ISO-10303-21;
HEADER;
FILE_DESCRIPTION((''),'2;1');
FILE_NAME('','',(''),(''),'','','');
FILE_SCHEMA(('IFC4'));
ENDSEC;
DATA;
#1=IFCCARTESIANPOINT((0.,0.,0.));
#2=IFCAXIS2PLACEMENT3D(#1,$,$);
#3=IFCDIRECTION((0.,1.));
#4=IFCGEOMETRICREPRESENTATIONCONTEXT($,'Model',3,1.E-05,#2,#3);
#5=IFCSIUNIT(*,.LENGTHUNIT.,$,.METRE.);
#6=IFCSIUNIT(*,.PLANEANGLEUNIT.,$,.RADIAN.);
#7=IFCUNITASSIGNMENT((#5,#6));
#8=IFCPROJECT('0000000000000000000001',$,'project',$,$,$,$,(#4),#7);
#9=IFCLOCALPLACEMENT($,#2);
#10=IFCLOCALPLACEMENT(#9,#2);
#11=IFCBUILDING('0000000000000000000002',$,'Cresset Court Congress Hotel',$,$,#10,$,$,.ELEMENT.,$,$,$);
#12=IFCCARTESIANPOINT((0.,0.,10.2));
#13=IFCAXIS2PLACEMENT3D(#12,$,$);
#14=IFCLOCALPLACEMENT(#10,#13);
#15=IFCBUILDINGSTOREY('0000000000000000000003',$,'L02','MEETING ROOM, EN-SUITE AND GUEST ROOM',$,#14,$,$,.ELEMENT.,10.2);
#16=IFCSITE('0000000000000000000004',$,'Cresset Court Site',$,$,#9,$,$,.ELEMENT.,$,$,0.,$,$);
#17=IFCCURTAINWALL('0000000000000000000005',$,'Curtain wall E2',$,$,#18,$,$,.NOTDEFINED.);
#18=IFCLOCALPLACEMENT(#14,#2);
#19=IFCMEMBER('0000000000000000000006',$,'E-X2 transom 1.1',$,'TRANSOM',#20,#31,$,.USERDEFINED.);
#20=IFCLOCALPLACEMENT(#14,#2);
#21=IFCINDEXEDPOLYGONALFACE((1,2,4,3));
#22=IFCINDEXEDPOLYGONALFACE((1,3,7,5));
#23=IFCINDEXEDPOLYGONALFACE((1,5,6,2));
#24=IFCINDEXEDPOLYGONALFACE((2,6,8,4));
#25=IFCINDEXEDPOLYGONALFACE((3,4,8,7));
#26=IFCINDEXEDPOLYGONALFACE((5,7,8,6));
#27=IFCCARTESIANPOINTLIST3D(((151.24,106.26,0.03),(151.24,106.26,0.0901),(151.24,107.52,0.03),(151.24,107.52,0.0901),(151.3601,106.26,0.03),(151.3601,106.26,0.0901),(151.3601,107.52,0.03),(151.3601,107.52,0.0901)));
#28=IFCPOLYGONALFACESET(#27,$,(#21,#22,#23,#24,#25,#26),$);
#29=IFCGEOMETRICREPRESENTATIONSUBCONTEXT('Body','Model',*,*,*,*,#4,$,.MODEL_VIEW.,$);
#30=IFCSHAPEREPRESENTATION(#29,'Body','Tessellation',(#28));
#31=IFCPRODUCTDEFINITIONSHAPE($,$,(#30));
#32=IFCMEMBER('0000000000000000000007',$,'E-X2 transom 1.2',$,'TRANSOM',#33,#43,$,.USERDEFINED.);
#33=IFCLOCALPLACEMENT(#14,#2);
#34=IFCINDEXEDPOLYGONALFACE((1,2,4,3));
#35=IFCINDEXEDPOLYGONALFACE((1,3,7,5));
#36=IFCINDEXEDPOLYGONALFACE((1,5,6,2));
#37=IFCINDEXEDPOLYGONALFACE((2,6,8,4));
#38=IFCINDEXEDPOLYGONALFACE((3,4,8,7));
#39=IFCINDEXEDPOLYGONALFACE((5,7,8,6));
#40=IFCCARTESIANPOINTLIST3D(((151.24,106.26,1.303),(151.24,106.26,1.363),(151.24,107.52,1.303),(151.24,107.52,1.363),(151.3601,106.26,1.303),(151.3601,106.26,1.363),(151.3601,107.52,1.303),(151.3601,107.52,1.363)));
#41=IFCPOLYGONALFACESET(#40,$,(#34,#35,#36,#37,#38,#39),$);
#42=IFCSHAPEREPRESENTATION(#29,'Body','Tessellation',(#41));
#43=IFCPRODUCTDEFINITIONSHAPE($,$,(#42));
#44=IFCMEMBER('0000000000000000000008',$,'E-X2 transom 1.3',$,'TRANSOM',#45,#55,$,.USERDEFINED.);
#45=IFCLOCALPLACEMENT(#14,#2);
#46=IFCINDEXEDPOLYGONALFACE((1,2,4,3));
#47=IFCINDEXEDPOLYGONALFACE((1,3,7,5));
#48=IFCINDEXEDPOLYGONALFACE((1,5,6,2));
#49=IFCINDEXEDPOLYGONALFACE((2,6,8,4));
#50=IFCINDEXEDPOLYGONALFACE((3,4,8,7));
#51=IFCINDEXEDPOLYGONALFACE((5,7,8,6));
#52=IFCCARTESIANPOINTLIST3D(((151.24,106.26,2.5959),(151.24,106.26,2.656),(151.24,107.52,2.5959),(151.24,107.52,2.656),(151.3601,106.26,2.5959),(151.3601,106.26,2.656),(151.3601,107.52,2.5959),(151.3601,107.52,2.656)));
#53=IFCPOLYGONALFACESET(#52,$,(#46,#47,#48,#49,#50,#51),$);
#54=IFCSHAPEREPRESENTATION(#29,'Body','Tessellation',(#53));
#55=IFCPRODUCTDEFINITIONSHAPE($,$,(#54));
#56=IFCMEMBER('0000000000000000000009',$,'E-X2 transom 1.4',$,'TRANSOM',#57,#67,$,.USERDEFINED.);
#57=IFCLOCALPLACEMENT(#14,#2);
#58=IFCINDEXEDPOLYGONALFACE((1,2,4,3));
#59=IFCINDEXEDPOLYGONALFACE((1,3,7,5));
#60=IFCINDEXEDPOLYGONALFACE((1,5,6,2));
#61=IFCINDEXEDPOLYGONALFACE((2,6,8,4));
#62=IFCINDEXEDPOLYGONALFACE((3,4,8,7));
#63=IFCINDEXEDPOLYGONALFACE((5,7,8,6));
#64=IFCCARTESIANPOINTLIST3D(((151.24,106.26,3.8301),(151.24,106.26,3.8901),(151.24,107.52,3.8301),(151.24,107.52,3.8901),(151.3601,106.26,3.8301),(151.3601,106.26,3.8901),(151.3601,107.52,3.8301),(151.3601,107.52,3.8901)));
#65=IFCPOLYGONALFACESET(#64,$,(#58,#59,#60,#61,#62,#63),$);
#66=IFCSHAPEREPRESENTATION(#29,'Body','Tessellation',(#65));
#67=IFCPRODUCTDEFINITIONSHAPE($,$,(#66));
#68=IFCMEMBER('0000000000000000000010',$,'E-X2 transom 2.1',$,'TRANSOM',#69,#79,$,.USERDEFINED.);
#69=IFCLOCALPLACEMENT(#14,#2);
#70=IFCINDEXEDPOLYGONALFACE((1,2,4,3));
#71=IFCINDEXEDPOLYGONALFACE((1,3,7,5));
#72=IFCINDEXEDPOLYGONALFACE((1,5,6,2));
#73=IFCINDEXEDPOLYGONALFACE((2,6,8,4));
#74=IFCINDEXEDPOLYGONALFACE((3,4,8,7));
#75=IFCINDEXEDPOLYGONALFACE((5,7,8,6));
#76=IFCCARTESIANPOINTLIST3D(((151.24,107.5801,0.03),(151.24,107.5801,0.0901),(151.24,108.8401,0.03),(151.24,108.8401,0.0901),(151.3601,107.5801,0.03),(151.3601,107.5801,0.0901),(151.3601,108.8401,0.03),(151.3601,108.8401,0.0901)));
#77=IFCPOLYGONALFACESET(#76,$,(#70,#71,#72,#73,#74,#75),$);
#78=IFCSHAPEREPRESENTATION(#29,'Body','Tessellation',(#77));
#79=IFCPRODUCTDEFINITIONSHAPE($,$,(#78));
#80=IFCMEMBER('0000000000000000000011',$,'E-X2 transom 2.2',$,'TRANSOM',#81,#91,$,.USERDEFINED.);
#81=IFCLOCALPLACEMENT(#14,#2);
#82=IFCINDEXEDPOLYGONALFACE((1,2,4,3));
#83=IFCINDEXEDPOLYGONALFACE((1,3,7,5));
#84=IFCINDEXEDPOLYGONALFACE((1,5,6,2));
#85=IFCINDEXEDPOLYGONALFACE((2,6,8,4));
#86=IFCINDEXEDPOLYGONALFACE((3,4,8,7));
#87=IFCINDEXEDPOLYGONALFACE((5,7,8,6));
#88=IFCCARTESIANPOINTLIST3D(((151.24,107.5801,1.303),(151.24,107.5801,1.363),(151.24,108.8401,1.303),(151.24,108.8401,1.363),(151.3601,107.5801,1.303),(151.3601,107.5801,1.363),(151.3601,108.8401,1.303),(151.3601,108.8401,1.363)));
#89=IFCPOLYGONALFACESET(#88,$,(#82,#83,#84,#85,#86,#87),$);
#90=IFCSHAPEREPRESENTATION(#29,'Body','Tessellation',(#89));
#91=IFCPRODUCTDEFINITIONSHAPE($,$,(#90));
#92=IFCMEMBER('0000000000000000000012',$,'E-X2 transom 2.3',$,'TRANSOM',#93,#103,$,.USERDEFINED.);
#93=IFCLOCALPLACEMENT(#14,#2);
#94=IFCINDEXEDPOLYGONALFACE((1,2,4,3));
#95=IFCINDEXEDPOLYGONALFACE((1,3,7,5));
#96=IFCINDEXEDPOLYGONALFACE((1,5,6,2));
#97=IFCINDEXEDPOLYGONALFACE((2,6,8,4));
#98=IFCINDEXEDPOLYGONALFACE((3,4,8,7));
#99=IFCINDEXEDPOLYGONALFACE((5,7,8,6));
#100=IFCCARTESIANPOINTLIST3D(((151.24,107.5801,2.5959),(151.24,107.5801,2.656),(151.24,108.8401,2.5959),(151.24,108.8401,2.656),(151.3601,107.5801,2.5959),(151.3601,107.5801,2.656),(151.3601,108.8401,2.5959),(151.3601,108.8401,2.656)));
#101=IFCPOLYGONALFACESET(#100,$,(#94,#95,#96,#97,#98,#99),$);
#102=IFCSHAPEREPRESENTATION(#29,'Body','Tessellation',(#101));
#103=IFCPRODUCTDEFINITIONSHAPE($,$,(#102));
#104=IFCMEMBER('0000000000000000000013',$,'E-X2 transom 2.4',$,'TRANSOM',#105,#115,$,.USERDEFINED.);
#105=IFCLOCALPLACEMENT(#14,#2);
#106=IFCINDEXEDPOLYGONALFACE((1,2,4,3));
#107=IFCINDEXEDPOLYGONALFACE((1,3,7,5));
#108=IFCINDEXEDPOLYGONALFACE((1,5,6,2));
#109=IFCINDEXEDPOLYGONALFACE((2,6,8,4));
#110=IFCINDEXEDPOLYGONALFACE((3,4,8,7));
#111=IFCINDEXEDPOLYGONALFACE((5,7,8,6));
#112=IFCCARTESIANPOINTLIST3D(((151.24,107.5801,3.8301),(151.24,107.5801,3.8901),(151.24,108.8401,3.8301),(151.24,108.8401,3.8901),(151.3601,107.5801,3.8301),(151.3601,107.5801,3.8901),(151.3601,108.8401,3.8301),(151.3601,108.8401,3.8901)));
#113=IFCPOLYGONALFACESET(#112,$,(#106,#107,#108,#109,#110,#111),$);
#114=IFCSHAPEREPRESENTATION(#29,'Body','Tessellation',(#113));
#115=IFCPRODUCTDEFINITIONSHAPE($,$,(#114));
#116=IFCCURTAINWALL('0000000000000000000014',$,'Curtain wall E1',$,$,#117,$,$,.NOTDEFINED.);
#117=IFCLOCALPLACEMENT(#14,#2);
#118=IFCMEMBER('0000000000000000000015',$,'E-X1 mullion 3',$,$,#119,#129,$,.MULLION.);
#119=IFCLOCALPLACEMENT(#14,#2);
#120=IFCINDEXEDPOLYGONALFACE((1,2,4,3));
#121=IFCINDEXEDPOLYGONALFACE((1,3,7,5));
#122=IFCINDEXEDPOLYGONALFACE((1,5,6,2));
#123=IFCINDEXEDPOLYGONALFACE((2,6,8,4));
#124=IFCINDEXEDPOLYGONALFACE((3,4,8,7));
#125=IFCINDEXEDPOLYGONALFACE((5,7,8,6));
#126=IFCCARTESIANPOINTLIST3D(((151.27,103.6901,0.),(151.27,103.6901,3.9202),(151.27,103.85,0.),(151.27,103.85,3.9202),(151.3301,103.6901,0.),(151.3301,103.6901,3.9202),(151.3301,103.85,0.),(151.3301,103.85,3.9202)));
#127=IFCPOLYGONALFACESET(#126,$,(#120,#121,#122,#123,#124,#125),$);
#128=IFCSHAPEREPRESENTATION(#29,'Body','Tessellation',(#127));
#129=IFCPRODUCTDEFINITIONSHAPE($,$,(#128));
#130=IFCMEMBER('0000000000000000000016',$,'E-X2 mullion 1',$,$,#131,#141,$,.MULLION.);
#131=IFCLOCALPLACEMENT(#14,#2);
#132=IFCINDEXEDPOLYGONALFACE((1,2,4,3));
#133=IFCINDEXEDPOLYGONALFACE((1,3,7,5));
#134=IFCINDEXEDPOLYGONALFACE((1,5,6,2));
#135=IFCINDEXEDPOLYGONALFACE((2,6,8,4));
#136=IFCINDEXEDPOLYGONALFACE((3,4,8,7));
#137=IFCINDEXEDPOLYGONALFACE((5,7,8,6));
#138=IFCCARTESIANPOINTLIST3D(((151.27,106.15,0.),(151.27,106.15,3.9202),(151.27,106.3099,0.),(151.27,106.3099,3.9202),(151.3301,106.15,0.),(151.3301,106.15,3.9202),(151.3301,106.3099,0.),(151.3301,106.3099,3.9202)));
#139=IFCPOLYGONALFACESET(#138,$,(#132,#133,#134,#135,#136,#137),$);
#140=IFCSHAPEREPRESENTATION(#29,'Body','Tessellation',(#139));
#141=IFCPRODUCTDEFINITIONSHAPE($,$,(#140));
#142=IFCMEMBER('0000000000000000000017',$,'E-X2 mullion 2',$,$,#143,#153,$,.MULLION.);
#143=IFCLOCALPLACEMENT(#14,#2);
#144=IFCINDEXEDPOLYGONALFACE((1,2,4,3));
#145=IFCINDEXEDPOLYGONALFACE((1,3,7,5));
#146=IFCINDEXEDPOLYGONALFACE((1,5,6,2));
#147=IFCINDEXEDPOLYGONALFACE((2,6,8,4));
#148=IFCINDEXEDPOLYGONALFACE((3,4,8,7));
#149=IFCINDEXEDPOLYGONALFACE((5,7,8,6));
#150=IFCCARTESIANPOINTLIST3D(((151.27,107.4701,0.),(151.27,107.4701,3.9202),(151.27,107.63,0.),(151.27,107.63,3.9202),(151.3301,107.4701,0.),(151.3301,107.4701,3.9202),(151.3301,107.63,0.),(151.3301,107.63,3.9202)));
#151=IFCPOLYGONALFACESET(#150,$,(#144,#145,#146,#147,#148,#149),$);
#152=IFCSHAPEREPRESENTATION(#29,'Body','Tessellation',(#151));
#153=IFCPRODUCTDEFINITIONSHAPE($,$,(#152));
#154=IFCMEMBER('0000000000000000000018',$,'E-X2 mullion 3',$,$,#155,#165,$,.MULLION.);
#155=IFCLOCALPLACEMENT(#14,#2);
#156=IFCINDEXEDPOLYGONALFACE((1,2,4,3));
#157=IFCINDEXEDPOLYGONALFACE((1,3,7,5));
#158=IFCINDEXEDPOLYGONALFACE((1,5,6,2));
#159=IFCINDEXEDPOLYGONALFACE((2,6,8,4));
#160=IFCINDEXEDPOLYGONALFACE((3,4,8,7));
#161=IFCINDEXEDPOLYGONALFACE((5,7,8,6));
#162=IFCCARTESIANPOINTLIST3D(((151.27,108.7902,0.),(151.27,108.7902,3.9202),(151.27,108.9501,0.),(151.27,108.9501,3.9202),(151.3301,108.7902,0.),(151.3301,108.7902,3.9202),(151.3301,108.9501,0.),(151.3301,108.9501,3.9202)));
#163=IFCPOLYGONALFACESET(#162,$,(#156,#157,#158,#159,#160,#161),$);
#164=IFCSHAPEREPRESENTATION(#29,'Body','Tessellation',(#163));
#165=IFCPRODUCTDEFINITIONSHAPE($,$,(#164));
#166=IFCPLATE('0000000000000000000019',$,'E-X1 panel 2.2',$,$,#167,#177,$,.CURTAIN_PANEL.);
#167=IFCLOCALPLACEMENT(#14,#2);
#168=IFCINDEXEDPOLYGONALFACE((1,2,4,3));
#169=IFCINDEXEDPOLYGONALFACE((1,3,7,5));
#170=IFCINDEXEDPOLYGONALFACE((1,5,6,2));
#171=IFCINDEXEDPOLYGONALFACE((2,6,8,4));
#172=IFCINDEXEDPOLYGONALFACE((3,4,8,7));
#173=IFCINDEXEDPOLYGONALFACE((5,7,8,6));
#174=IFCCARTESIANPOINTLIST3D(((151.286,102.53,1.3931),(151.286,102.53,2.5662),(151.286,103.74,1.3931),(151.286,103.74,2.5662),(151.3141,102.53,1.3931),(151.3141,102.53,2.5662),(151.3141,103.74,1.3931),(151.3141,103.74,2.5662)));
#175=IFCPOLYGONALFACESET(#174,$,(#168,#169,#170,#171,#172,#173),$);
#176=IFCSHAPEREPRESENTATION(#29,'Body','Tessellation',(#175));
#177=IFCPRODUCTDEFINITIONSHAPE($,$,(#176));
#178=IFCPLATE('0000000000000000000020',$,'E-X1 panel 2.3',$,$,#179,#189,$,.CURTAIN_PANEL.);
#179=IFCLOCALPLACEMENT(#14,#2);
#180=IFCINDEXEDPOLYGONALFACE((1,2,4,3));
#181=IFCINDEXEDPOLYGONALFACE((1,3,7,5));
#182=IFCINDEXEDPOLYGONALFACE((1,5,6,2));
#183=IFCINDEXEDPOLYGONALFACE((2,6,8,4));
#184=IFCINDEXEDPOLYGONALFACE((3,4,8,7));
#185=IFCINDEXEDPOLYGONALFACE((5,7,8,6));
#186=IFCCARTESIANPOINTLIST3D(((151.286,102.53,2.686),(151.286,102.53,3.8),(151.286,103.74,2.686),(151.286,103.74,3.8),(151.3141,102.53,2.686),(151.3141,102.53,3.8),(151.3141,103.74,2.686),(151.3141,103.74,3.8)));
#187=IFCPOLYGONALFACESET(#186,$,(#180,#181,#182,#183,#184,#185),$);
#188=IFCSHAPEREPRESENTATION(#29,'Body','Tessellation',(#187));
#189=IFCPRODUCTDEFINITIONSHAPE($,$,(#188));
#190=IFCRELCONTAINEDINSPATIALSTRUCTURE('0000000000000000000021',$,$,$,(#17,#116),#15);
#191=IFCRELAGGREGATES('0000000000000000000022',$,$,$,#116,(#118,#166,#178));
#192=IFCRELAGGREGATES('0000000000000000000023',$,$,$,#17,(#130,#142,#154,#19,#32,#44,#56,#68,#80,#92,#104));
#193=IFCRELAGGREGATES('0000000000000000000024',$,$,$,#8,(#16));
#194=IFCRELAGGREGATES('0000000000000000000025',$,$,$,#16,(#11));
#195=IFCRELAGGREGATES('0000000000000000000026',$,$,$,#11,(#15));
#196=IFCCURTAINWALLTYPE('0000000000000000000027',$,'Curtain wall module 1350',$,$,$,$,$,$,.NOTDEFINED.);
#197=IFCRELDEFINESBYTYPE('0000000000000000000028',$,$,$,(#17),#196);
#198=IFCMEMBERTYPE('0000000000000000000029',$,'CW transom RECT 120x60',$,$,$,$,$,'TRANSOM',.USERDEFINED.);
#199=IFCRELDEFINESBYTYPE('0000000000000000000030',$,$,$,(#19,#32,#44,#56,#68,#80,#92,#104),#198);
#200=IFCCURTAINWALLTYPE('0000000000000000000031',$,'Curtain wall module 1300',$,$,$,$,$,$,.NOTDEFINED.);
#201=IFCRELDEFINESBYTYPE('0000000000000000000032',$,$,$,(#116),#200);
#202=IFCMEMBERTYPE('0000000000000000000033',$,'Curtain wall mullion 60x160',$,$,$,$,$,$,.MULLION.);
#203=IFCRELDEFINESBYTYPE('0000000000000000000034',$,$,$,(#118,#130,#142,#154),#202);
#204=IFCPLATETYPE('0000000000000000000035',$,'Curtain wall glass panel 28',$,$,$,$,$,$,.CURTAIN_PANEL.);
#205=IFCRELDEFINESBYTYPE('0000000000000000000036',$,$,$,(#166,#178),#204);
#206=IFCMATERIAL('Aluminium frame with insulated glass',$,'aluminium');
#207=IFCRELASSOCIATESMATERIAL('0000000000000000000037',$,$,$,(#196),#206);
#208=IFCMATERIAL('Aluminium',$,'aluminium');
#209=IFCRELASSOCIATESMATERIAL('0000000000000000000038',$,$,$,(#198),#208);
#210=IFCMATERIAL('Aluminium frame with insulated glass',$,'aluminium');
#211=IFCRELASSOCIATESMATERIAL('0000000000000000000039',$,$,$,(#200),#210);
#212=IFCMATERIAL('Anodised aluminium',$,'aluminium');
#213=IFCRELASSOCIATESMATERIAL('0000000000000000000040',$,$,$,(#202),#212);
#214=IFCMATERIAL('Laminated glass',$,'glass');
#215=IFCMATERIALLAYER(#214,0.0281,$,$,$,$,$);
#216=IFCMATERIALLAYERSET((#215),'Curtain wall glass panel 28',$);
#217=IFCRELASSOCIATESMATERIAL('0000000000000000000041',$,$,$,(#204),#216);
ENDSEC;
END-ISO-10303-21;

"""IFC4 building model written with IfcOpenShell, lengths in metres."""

from ifc_helpers import new_model, si_unit, direction, frame, origin, origin_2d, place, context, subcontext, project, spatial, rectangle, extrude, material, layer, layer_set, material_profile, profile_set, type_object, element, aggregate, save


model = new_model("IFC4")

# Units and contexts
model_context = context("Model", 3, precision=1e-05, world=origin(), true_north=direction((0.0, 1.0)))
body_context = subcontext(model_context, "Body", "Model", "MODEL_VIEW")
ifc_project = project(units=[si_unit("LENGTHUNIT", "METRE"), si_unit("PLANEANGLEUNIT", "RADIAN")], contexts=[model_context])

# Site, building, storey
site_placement = place(None, origin())
site = spatial("IfcSite", under=ifc_project, at=site_placement, Name="Cresset Court Site", CompositionType="ELEMENT", RefElevation=0.0)
building_placement = place(site_placement, origin())
building = spatial("IfcBuilding", under=site, at=building_placement, Name="Cresset Court Congress Hotel", CompositionType="ELEMENT")
storey_placement = place(building_placement, frame((0.0, 0.0, 10.2)))
storey = spatial("IfcBuildingStorey", under=building, at=storey_placement, Name="L02", Description="MEETING ROOM, EN-SUITE AND GUEST ROOM", CompositionType="ELEMENT", Elevation=10.2)

# Curtain wall, members
ifc_material_1 = material(Name="Aluminium frame with insulated glass", Category="aluminium")
curtain_wall_type_1 = type_object("IfcCurtainWallType", Name="Curtain wall module 1350", PredefinedType="NOTDEFINED", material=ifc_material_1)
curtain_wall_1_placement = place(storey_placement, origin())
curtain_wall_1 = element("IfcCurtainWall", 1, at=curtain_wall_1_placement, inside=storey, type_object=curtain_wall_type_1, Name="Curtain wall E2", PredefinedType="NOTDEFINED")
ifc_material_2 = material(Name="Aluminium", Category="aluminium")
ifc_material_profile_1 = material_profile(ifc_material_2, rectangle(XDim=0.1201, YDim=0.0601, at=origin_2d()), Name="AL 120x60")
ifc_profile_set_1 = profile_set([ifc_material_profile_1], Name="Aluminium")
member_type_1 = type_object("IfcMemberType", Name="CW transom RECT 120x60", ElementType="TRANSOM", PredefinedType="USERDEFINED", material=ifc_profile_set_1)
member_1_placement = place(storey_placement, frame((151.3, 106.26, 0.0601), z_axis=(0.0, 1.0, 0.0), x_axis=(-1.0, 0.0, 0.0)))
member_1 = element("IfcMember", 2, at=member_1_placement, type_object=member_type_1, Name="E-X2 transom 1.1", ObjectType="TRANSOM", PredefinedType="USERDEFINED", context=body_context, shape_type="SweptSolid", body=[
    extrude(rectangle(XDim=0.1201, YDim=0.0601, at=origin_2d()), origin(), (0.0, 0.0, 1.0), 1.26),
])
member_2_placement = place(storey_placement, frame((151.3, 106.26, 1.333), z_axis=(0.0, 1.0, 0.0), x_axis=(-1.0, 0.0, 0.0)))
member_2 = element("IfcMember", 3, at=member_2_placement, type_object=member_type_1, Name="E-X2 transom 1.2", ObjectType="TRANSOM", PredefinedType="USERDEFINED", context=body_context, shape_type="SweptSolid", body=[
    extrude(rectangle(XDim=0.1201, YDim=0.0601, at=origin_2d()), origin(), (0.0, 0.0, 1.0), 1.26),
])
member_3_placement = place(storey_placement, frame((151.3, 106.26, 2.626), z_axis=(0.0, 1.0, 0.0), x_axis=(-1.0, 0.0, 0.0)))
member_3 = element("IfcMember", 4, at=member_3_placement, type_object=member_type_1, Name="E-X2 transom 1.3", ObjectType="TRANSOM", PredefinedType="USERDEFINED", context=body_context, shape_type="SweptSolid", body=[
    extrude(rectangle(XDim=0.1201, YDim=0.0601, at=origin_2d()), origin(), (0.0, 0.0, 1.0), 1.26),
])
member_4_placement = place(storey_placement, frame((151.3, 106.26, 3.8601), z_axis=(0.0, 1.0, 0.0), x_axis=(-1.0, 0.0, 0.0)))
member_4 = element("IfcMember", 5, at=member_4_placement, type_object=member_type_1, Name="E-X2 transom 1.4", ObjectType="TRANSOM", PredefinedType="USERDEFINED", context=body_context, shape_type="SweptSolid", body=[
    extrude(rectangle(XDim=0.1201, YDim=0.0601, at=origin_2d()), origin(), (0.0, 0.0, 1.0), 1.26),
])
member_5_placement = place(storey_placement, frame((151.3, 107.5801, 0.0601), z_axis=(0.0, 1.0, 0.0), x_axis=(-1.0, 0.0, 0.0)))
member_5 = element("IfcMember", 6, at=member_5_placement, type_object=member_type_1, Name="E-X2 transom 2.1", ObjectType="TRANSOM", PredefinedType="USERDEFINED", context=body_context, shape_type="SweptSolid", body=[
    extrude(rectangle(XDim=0.1201, YDim=0.0601, at=origin_2d()), origin(), (0.0, 0.0, 1.0), 1.26),
])
member_6_placement = place(storey_placement, frame((151.3, 107.5801, 1.333), z_axis=(0.0, 1.0, 0.0), x_axis=(-1.0, 0.0, 0.0)))
member_6 = element("IfcMember", 7, at=member_6_placement, type_object=member_type_1, Name="E-X2 transom 2.2", ObjectType="TRANSOM", PredefinedType="USERDEFINED", context=body_context, shape_type="SweptSolid", body=[
    extrude(rectangle(XDim=0.1201, YDim=0.0601, at=origin_2d()), origin(), (0.0, 0.0, 1.0), 1.26),
])
member_7_placement = place(storey_placement, frame((151.3, 107.5801, 2.626), z_axis=(0.0, 1.0, 0.0), x_axis=(-1.0, 0.0, 0.0)))
member_7 = element("IfcMember", 8, at=member_7_placement, type_object=member_type_1, Name="E-X2 transom 2.3", ObjectType="TRANSOM", PredefinedType="USERDEFINED", context=body_context, shape_type="SweptSolid", body=[
    extrude(rectangle(XDim=0.1201, YDim=0.0601, at=origin_2d()), origin(), (0.0, 0.0, 1.0), 1.26),
])
member_8_placement = place(storey_placement, frame((151.3, 107.5801, 3.8601), z_axis=(0.0, 1.0, 0.0), x_axis=(-1.0, 0.0, 0.0)))
member_8 = element("IfcMember", 9, at=member_8_placement, type_object=member_type_1, Name="E-X2 transom 2.4", ObjectType="TRANSOM", PredefinedType="USERDEFINED", context=body_context, shape_type="SweptSolid", body=[
    extrude(rectangle(XDim=0.1201, YDim=0.0601, at=origin_2d()), origin(), (0.0, 0.0, 1.0), 1.26),
])

# Curtain wall, member
ifc_material_3 = material(Name="Aluminium frame with insulated glass", Category="aluminium")
curtain_wall_type_2 = type_object("IfcCurtainWallType", Name="Curtain wall module 1300", PredefinedType="NOTDEFINED", material=ifc_material_3)
curtain_wall_2_placement = place(storey_placement, origin())
curtain_wall_2 = element("IfcCurtainWall", 10, at=curtain_wall_2_placement, inside=storey, type_object=curtain_wall_type_2, Name="Curtain wall E1", PredefinedType="NOTDEFINED")
ifc_material_4 = material(Name="Anodised aluminium", Category="aluminium")
ifc_material_profile_2 = material_profile(ifc_material_4, rectangle(XDim=0.0601, YDim=0.1599, at=origin_2d()), Name="AL60x160")
ifc_profile_set_2 = profile_set([ifc_material_profile_2], Name="Anodised aluminium")
member_type_2 = type_object("IfcMemberType", Name="Curtain wall mullion 60x160", PredefinedType="MULLION", material=ifc_profile_set_2)
member_9_placement = place(storey_placement, frame((151.3, 103.77, 0.0), z_axis=(0.0, 0.0, 1.0), x_axis=(-1.0, 0.0, 0.0)))
member_9 = element("IfcMember", 11, at=member_9_placement, type_object=member_type_2, Name="E-X1 mullion 3", PredefinedType="MULLION", context=body_context, shape_type="SweptSolid", body=[
    extrude(rectangle(XDim=0.0601, YDim=0.1599, at=origin_2d()), origin(), (0.0, 0.0, 1.0), 3.9202),
])

# Members
member_10_placement = place(storey_placement, frame((151.3, 106.23, 0.0), z_axis=(0.0, 0.0, 1.0), x_axis=(-1.0, 0.0, 0.0)))
member_10 = element("IfcMember", 12, at=member_10_placement, type_object=member_type_2, Name="E-X2 mullion 1", PredefinedType="MULLION", context=body_context, shape_type="SweptSolid", body=[
    extrude(rectangle(XDim=0.0601, YDim=0.1599, at=origin_2d()), origin(), (0.0, 0.0, 1.0), 3.9202),
])
member_11_placement = place(storey_placement, frame((151.3, 107.55, 0.0), z_axis=(0.0, 0.0, 1.0), x_axis=(-1.0, 0.0, 0.0)))
member_11 = element("IfcMember", 13, at=member_11_placement, type_object=member_type_2, Name="E-X2 mullion 2", PredefinedType="MULLION", context=body_context, shape_type="SweptSolid", body=[
    extrude(rectangle(XDim=0.0601, YDim=0.1599, at=origin_2d()), origin(), (0.0, 0.0, 1.0), 3.9202),
])
member_12_placement = place(storey_placement, frame((151.3, 108.8701, 0.0), z_axis=(0.0, 0.0, 1.0), x_axis=(-1.0, 0.0, 0.0)))
member_12 = element("IfcMember", 14, at=member_12_placement, type_object=member_type_2, Name="E-X2 mullion 3", PredefinedType="MULLION", context=body_context, shape_type="SweptSolid", body=[
    extrude(rectangle(XDim=0.0601, YDim=0.1599, at=origin_2d()), origin(), (0.0, 0.0, 1.0), 3.9202),
])

# Plates
ifc_material_5 = material(Name="Laminated glass", Category="glass")
ifc_layer_1 = layer(ifc_material_5, 0.0281)
ifc_layer_set_1 = layer_set([ifc_layer_1], Name="Curtain wall glass panel 28")
plate_type = type_object("IfcPlateType", Name="Curtain wall glass panel 28", PredefinedType="CURTAIN_PANEL", material=ifc_layer_set_1)
plate_1_placement = place(storey_placement, frame((151.3, 103.135, 1.3931), z_axis=(0.0, 0.0, 1.0), x_axis=(0.0, 1.0, 0.0)))
plate_1 = element("IfcPlate", 15, at=plate_1_placement, type_object=plate_type, Name="E-X1 panel 2.2", PredefinedType="CURTAIN_PANEL", context=body_context, shape_type="SweptSolid", body=[
    extrude(rectangle(XDim=1.21, YDim=0.0281, at=origin_2d()), origin(), (0.0, 0.0, 1.0), 1.1731),
])
plate_2_placement = place(storey_placement, frame((151.3, 103.135, 2.686), z_axis=(0.0, 0.0, 1.0), x_axis=(0.0, 1.0, 0.0)))
plate_2 = element("IfcPlate", 16, at=plate_2_placement, type_object=plate_type, Name="E-X1 panel 2.3", PredefinedType="CURTAIN_PANEL", context=body_context, shape_type="SweptSolid", body=[
    extrude(rectangle(XDim=1.21, YDim=0.0281, at=origin_2d()), origin(), (0.0, 0.0, 1.0), 1.114),
])
aggregate(curtain_wall_2, [member_9, plate_1, plate_2])
aggregate(curtain_wall_1, [member_10, member_11, member_12, member_1, member_2, member_3, member_4, member_5, member_6, member_7, member_8])

save(model, "model.ifc")
